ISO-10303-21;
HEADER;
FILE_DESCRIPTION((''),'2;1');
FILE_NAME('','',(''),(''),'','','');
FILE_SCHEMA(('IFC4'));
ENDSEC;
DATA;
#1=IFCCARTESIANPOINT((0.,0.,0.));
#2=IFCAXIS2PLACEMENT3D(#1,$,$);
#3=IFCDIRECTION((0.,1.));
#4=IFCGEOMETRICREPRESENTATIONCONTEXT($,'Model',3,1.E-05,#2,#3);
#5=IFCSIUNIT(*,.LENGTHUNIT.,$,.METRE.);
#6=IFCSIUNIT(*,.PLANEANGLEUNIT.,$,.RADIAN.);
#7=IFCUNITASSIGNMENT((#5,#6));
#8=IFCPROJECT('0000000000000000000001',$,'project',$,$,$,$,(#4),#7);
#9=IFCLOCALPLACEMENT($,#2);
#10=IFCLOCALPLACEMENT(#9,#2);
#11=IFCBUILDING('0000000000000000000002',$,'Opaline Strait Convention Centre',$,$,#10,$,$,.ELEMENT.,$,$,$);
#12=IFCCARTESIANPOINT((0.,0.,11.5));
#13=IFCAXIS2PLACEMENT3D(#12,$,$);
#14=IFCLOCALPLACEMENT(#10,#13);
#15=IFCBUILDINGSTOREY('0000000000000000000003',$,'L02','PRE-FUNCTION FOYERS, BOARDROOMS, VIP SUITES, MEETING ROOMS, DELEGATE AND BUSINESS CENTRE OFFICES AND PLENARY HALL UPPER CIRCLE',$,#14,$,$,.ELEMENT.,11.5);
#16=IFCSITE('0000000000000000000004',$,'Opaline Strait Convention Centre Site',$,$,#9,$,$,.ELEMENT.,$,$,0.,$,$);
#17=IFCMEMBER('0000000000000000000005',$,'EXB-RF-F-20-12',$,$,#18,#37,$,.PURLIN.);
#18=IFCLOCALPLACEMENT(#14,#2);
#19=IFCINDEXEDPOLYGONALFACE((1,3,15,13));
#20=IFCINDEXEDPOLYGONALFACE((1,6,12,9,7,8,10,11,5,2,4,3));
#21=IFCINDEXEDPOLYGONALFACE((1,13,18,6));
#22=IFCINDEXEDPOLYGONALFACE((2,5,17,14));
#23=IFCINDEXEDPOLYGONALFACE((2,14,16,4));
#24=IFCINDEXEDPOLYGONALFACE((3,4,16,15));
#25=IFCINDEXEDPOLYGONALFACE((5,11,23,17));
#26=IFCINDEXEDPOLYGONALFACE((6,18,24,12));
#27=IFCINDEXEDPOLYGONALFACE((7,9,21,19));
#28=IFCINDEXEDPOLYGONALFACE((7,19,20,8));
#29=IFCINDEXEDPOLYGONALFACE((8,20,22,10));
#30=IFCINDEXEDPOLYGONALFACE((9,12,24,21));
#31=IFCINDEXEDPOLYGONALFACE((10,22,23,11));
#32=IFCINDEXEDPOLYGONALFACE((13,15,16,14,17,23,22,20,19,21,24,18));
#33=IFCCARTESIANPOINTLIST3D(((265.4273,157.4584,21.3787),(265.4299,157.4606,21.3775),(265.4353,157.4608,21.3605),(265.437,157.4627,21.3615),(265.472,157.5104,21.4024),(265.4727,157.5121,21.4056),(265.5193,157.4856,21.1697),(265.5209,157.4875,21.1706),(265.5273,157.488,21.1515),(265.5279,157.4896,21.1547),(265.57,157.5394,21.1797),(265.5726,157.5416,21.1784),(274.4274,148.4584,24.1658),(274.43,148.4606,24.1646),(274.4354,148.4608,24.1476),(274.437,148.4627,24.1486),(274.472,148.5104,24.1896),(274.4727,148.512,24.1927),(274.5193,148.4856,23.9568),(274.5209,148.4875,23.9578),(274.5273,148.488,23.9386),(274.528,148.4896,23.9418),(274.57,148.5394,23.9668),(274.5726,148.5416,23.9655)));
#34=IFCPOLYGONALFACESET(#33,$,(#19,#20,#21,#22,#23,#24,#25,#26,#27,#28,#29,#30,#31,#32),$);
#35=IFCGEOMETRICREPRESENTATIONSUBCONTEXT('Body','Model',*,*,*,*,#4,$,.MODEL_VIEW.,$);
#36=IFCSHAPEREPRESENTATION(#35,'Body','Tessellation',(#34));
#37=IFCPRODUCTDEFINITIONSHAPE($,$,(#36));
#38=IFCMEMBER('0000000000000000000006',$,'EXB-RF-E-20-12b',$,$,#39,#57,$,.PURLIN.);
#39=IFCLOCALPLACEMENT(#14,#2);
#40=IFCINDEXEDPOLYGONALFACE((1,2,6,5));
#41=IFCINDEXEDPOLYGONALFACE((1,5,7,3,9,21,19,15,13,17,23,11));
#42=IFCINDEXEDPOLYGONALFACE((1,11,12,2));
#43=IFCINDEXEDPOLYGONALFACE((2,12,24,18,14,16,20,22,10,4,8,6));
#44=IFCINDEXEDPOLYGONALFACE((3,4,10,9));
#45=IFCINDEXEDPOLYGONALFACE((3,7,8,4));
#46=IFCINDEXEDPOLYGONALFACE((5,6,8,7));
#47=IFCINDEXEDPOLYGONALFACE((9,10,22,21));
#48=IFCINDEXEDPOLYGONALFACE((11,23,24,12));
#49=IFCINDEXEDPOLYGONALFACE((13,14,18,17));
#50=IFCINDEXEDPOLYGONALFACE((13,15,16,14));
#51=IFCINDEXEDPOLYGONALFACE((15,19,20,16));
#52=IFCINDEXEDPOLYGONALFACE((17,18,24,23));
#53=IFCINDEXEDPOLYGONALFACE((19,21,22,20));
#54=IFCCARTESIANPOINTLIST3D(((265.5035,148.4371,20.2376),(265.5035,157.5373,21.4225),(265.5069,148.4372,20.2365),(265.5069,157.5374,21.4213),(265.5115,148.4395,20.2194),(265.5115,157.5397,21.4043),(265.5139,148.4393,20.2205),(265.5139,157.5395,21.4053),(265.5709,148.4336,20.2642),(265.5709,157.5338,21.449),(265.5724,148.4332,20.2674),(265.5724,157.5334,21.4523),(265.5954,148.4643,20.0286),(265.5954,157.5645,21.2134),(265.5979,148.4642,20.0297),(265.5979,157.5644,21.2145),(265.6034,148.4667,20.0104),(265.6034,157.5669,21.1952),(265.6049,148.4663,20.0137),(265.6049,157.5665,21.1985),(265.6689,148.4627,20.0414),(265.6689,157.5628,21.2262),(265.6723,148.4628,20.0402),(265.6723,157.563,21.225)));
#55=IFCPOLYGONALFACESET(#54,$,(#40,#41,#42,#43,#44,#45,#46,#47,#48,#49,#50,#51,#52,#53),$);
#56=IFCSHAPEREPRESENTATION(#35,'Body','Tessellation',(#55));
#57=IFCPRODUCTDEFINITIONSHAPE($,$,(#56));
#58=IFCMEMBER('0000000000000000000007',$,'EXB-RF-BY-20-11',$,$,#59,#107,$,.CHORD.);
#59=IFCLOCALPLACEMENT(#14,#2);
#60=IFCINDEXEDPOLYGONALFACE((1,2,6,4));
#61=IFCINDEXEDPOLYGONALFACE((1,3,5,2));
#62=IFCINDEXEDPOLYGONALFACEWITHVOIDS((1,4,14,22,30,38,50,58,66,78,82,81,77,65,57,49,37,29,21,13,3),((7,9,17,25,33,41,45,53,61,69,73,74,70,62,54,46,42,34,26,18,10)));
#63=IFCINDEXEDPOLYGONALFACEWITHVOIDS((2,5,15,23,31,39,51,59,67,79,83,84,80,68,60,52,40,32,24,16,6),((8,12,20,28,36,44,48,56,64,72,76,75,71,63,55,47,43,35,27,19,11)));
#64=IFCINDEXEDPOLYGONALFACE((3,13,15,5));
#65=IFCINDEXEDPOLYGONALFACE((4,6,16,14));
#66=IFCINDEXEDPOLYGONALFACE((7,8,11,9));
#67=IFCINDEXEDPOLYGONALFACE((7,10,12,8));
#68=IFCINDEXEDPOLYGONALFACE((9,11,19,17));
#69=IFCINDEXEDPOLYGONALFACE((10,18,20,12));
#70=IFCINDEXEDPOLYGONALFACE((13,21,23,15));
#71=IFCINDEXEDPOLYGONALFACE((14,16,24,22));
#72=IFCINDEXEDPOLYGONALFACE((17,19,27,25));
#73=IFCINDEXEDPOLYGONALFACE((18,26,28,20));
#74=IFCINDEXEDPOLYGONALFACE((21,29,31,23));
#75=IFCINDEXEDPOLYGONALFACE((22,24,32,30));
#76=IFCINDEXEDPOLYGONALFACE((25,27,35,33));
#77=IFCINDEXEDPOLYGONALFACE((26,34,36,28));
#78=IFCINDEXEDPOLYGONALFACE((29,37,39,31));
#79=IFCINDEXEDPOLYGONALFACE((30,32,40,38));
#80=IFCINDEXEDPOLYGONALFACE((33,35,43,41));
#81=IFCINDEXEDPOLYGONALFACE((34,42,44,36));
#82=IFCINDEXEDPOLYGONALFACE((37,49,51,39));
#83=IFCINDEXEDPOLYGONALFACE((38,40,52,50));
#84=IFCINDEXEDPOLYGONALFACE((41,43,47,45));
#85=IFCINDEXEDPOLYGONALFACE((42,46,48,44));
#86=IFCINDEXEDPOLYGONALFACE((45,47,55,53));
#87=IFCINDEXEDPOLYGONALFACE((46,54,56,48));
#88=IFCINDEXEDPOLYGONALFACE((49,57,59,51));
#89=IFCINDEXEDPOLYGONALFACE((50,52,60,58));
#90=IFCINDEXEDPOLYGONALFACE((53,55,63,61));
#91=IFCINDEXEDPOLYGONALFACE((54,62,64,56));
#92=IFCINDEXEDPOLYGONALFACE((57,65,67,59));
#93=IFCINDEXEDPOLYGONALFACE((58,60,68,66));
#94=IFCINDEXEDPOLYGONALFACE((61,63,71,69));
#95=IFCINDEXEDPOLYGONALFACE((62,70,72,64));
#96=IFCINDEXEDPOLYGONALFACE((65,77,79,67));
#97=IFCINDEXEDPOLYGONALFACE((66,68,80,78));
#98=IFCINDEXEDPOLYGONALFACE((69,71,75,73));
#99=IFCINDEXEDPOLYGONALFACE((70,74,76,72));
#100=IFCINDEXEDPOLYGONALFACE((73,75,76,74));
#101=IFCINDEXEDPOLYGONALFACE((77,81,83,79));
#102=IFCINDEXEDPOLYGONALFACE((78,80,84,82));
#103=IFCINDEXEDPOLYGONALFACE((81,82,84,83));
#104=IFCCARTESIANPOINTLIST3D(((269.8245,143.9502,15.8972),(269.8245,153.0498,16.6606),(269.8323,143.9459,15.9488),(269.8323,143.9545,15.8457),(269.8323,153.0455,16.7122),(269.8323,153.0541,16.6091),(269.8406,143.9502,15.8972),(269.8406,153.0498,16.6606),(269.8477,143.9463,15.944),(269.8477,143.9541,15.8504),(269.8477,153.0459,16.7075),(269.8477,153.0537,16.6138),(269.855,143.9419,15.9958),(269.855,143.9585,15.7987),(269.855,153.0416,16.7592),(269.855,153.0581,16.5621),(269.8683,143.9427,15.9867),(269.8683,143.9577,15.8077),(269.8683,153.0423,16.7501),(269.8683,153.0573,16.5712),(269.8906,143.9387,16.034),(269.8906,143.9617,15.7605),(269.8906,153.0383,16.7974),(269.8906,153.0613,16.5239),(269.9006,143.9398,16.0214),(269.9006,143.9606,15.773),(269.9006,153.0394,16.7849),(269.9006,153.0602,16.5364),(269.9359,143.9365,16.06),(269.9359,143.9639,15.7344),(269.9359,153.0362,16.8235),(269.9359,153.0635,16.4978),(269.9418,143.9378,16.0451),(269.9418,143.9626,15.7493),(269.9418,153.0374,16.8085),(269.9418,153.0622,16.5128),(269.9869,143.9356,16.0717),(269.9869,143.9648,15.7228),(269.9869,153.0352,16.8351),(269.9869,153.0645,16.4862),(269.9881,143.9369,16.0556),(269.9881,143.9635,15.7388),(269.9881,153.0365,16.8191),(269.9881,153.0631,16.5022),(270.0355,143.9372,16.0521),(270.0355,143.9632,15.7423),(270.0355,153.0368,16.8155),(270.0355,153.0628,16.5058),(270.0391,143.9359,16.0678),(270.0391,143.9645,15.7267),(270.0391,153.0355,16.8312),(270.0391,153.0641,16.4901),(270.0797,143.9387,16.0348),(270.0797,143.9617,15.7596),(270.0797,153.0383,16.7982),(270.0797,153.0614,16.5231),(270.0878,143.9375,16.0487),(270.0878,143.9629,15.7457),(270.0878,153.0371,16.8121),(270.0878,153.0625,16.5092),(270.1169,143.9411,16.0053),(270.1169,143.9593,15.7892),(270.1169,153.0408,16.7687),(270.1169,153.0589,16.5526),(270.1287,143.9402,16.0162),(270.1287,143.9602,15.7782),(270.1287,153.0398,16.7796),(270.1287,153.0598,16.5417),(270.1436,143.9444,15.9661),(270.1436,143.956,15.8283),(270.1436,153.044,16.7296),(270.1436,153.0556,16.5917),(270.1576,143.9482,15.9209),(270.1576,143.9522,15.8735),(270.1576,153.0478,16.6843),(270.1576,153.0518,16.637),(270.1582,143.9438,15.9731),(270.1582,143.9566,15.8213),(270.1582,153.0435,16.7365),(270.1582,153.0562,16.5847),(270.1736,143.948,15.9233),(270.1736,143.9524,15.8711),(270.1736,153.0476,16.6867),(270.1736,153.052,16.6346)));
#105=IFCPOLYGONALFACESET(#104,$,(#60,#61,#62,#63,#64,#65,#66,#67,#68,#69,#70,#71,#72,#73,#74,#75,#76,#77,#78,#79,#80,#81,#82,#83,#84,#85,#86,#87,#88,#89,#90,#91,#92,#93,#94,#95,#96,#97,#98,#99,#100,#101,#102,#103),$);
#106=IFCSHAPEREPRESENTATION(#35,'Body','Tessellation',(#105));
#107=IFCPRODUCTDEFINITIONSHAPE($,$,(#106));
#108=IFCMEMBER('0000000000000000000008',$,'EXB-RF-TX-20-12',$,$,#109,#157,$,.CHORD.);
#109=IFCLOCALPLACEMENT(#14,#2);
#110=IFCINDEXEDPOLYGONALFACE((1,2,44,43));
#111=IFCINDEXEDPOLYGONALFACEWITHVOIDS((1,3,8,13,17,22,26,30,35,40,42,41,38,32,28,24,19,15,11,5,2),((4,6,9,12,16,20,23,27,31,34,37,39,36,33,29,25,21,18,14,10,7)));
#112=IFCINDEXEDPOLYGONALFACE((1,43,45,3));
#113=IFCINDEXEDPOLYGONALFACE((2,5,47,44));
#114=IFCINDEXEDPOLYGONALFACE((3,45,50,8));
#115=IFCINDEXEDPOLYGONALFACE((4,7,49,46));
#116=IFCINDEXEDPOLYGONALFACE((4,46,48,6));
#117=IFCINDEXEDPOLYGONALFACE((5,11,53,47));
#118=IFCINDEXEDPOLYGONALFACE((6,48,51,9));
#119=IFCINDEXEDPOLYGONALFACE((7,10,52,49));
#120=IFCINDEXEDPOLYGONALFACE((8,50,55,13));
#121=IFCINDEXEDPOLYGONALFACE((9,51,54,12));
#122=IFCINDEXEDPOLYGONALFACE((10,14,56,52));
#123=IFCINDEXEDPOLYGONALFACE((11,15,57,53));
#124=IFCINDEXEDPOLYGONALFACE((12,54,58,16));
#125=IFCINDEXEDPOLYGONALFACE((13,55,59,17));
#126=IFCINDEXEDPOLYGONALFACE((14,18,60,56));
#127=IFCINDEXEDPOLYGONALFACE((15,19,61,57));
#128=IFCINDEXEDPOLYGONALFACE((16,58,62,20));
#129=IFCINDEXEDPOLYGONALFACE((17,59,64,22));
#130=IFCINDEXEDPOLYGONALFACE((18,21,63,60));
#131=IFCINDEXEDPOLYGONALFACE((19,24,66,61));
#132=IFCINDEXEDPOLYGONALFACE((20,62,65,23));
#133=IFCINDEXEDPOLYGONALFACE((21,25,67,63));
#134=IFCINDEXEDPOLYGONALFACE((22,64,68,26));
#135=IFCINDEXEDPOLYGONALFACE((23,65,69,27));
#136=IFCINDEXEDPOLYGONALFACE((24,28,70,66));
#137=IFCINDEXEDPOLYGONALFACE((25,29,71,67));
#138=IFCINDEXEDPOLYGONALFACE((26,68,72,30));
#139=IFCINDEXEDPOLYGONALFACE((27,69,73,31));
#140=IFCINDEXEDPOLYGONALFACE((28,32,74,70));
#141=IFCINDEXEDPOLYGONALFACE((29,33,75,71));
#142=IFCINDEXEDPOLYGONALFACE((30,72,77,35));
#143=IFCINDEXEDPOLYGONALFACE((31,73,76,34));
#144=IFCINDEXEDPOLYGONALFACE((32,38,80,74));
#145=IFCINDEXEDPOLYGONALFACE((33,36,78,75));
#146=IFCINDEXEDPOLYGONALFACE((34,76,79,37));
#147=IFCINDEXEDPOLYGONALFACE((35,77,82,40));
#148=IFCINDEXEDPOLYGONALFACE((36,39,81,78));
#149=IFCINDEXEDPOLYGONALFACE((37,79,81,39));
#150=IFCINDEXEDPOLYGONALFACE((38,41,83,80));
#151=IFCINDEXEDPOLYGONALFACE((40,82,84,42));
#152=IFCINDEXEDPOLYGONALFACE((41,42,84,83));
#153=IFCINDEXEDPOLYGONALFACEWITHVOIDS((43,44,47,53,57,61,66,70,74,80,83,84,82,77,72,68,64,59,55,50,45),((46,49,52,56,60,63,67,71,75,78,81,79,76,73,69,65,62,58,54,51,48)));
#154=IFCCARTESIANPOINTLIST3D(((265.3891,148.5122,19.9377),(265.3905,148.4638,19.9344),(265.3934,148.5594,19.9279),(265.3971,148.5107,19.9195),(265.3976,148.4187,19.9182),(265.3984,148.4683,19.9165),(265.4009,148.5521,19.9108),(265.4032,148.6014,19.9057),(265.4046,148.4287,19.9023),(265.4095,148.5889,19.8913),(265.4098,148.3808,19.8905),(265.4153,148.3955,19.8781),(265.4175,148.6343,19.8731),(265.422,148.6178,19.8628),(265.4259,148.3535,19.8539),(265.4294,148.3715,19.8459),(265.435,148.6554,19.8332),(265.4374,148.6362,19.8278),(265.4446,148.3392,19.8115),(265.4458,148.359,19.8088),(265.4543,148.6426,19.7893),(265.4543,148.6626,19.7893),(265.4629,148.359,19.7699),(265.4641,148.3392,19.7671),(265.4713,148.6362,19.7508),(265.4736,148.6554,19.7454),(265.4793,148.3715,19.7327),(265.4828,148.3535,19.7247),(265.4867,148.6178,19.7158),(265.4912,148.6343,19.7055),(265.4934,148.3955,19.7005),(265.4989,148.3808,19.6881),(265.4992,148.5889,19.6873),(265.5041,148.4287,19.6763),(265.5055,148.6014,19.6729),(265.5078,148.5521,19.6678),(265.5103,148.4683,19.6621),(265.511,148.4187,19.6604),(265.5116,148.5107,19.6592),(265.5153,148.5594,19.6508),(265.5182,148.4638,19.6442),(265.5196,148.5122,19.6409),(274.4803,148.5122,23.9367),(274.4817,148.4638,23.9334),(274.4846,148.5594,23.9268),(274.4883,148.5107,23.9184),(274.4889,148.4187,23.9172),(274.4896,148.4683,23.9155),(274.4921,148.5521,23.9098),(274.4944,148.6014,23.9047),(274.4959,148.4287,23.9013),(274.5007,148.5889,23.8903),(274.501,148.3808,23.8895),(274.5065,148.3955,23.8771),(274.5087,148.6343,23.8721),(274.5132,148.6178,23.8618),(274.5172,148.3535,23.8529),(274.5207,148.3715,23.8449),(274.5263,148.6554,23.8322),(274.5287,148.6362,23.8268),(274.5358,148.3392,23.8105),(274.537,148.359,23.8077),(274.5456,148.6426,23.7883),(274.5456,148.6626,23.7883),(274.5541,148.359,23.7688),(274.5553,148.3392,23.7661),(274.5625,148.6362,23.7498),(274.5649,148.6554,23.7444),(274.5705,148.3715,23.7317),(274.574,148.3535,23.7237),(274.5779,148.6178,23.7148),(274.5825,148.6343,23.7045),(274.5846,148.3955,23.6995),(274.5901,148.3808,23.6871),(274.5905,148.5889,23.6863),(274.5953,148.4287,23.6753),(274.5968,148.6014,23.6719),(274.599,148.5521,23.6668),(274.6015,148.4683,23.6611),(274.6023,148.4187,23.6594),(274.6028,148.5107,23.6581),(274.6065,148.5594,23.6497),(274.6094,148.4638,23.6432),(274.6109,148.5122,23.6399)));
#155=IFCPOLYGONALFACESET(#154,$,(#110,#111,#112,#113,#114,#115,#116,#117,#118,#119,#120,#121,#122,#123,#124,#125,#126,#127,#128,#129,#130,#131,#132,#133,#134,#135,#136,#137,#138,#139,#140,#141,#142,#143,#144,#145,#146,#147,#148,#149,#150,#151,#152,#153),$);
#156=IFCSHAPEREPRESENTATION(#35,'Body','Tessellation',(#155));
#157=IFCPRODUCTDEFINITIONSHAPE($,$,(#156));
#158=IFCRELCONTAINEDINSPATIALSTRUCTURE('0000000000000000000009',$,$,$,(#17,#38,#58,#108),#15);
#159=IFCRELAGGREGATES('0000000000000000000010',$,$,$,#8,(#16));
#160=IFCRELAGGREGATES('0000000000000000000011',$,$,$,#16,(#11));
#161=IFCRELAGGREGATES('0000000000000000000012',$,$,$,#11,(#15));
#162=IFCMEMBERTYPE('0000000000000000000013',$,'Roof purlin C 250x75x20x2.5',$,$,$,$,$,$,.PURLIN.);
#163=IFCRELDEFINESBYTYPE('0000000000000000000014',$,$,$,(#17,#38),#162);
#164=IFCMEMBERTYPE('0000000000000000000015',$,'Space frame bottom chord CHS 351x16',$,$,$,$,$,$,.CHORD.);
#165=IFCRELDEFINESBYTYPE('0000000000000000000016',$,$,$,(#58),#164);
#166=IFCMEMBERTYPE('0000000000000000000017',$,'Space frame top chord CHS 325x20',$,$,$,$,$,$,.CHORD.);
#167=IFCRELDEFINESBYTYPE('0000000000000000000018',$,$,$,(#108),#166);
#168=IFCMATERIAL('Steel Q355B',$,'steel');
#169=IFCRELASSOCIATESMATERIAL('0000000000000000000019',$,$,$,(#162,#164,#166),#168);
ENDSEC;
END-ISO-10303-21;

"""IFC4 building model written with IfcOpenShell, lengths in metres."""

from ifc_helpers import new_model, si_unit, direction, frame, origin, origin_2d, place, context, subcontext, project, spatial, polyline, hollow_circle, outline, extrude, material, material_profile, profile_set, type_object, element, save


model = new_model("IFC4")

# Units and contexts
model_context = context("Model", 3, precision=1e-05, world=origin(), true_north=direction((0.0, 1.0)))
body_context = subcontext(model_context, "Body", "Model", "MODEL_VIEW")
ifc_project = project(units=[si_unit("LENGTHUNIT", "METRE"), si_unit("PLANEANGLEUNIT", "RADIAN")], contexts=[model_context])

# Site, building, storey
site_placement = place(None, origin())
site = spatial("IfcSite", under=ifc_project, at=site_placement, Name="Opaline Strait Convention Centre Site", CompositionType="ELEMENT", RefElevation=0.0)
building_placement = place(site_placement, origin())
building = spatial("IfcBuilding", under=site, at=building_placement, Name="Opaline Strait Convention Centre", CompositionType="ELEMENT")
storey_placement = place(building_placement, frame((0.0, 0.0, 11.5)))
storey = spatial("IfcBuildingStorey", under=building, at=storey_placement, Name="L02", Description="PRE-FUNCTION FOYERS, BOARDROOMS, VIP SUITES, MEETING ROOMS, DELEGATE AND BUSINESS CENTRE OFFICES AND PLENARY HALL UPPER CIRCLE", CompositionType="ELEMENT", Elevation=11.5)

# Members
ifc_material_1 = material(Name="Steel Q355B", Category="steel")
ifc_material_profile_1 = material_profile(ifc_material_1, outline(polyline([(-0.0376, -0.125), (0.0376, -0.125), (0.0376, -0.105), (0.0349, -0.105), (0.0349, -0.1226), (-0.0349, -0.1226), (-0.0349, 0.1226), (0.0349, 0.1226), (0.0349, 0.105), (0.0376, 0.105), (0.0376, 0.125), (-0.0376, 0.125), (-0.0376, -0.125)])), Name="C 250x75x20x2.5")
ifc_profile_set_1 = profile_set([ifc_material_profile_1], Name="Steel Q355B")
member_type_1 = type_object("IfcMemberType", Name="Roof purlin C 250x75x20x2.5", PredefinedType="PURLIN", material=ifc_profile_set_1)
member_1_placement = place(storey_placement, frame((274.5, 148.5, 24.0657), z_axis=(-0.69074, 0.69074, -0.213908), x_axis=(-0.602522, -0.713355, -0.357899)))
element("IfcMember", 1, at=member_1_placement, inside=storey, type_object=member_type_1, Name="EXB-RF-F-20-12", PredefinedType="PURLIN", context=body_context, shape_type="SweptSolid", body=[
    extrude(outline(polyline([(-0.0376, -0.125), (0.0376, -0.125), (0.0376, -0.105), (0.0349, -0.105), (0.0349, -0.1226), (-0.0349, -0.1226), (-0.0349, 0.1226), (0.0349, 0.1226), (0.0349, 0.105), (0.0376, 0.105), (0.0376, 0.125), (-0.0376, 0.125), (-0.0376, -0.125)])), origin(), (0.0, 0.0, 1.0), 13.0295),
])
member_2_placement = place(storey_placement, frame((265.5879, 148.45, 20.1389), z_axis=(0.0, 0.99163, 0.129108), x_axis=(-0.916598, 0.051619, -0.396464)))
element("IfcMember", 2, at=member_2_placement, inside=storey, type_object=member_type_1, Name="EXB-RF-E-20-12b", PredefinedType="PURLIN", context=body_context, shape_type="SweptSolid", body=[
    extrude(outline(polyline([(-0.0376, -0.125), (0.0376, -0.125), (0.0376, -0.105), (0.0349, -0.105), (0.0349, -0.1226), (-0.0349, -0.1226), (-0.0349, 0.1226), (0.0349, 0.1226), (0.0349, 0.105), (0.0376, 0.105), (0.0376, 0.125), (-0.0376, 0.125), (-0.0376, -0.125)])), origin(), (0.0, 0.0, 1.0), 9.177),
])
ifc_material_profile_2 = material_profile(ifc_material_1, hollow_circle(Radius=0.1755, WallThickness=0.0161, at=origin_2d()), Name="CHS 351x16")
ifc_profile_set_2 = profile_set([ifc_material_profile_2], Name="Steel Q355B")
member_type_2 = type_object("IfcMemberType", Name="Space frame bottom chord CHS 351x16", PredefinedType="CHORD", material=ifc_profile_set_2)
member_3_placement = place(storey_placement, frame((270.0, 143.9502, 15.8972), z_axis=(0.0, 0.996499, 0.083603), x_axis=(-1.0, 0.0, 0.0)))
element("IfcMember", 3, at=member_3_placement, inside=storey, type_object=member_type_2, Name="EXB-RF-BY-20-11", PredefinedType="CHORD", context=body_context, shape_type="SweptSolid", body=[
    extrude(hollow_circle(Radius=0.1755, WallThickness=0.0161, at=origin_2d()), origin(), (0.0, 0.0, 1.0), 9.1316),
])
ifc_material_profile_3 = material_profile(ifc_material_1, hollow_circle(Radius=0.1626, WallThickness=0.02, at=origin_2d()), Name="CHS 325x20")
ifc_profile_set_3 = profile_set([ifc_material_profile_3], Name="Steel Q355B")
member_type_3 = type_object("IfcMemberType", Name="Space frame top chord CHS 325x20", PredefinedType="CHORD", material=ifc_profile_set_3)
member_4_placement = place(storey_placement, frame((265.4543, 148.5, 19.7893), z_axis=(0.915358, 0.0, 0.402641), x_axis=(0.0, 1.0, 0.0)))
element("IfcMember", 4, at=member_4_placement, inside=storey, type_object=member_type_3, Name="EXB-RF-TX-20-12", PredefinedType="CHORD", context=body_context, shape_type="SweptSolid", body=[
    extrude(hollow_circle(Radius=0.1626, WallThickness=0.02, at=origin_2d()), origin(), (0.0, 0.0, 1.0), 9.9319),
])

save(model, "model.ifc")
